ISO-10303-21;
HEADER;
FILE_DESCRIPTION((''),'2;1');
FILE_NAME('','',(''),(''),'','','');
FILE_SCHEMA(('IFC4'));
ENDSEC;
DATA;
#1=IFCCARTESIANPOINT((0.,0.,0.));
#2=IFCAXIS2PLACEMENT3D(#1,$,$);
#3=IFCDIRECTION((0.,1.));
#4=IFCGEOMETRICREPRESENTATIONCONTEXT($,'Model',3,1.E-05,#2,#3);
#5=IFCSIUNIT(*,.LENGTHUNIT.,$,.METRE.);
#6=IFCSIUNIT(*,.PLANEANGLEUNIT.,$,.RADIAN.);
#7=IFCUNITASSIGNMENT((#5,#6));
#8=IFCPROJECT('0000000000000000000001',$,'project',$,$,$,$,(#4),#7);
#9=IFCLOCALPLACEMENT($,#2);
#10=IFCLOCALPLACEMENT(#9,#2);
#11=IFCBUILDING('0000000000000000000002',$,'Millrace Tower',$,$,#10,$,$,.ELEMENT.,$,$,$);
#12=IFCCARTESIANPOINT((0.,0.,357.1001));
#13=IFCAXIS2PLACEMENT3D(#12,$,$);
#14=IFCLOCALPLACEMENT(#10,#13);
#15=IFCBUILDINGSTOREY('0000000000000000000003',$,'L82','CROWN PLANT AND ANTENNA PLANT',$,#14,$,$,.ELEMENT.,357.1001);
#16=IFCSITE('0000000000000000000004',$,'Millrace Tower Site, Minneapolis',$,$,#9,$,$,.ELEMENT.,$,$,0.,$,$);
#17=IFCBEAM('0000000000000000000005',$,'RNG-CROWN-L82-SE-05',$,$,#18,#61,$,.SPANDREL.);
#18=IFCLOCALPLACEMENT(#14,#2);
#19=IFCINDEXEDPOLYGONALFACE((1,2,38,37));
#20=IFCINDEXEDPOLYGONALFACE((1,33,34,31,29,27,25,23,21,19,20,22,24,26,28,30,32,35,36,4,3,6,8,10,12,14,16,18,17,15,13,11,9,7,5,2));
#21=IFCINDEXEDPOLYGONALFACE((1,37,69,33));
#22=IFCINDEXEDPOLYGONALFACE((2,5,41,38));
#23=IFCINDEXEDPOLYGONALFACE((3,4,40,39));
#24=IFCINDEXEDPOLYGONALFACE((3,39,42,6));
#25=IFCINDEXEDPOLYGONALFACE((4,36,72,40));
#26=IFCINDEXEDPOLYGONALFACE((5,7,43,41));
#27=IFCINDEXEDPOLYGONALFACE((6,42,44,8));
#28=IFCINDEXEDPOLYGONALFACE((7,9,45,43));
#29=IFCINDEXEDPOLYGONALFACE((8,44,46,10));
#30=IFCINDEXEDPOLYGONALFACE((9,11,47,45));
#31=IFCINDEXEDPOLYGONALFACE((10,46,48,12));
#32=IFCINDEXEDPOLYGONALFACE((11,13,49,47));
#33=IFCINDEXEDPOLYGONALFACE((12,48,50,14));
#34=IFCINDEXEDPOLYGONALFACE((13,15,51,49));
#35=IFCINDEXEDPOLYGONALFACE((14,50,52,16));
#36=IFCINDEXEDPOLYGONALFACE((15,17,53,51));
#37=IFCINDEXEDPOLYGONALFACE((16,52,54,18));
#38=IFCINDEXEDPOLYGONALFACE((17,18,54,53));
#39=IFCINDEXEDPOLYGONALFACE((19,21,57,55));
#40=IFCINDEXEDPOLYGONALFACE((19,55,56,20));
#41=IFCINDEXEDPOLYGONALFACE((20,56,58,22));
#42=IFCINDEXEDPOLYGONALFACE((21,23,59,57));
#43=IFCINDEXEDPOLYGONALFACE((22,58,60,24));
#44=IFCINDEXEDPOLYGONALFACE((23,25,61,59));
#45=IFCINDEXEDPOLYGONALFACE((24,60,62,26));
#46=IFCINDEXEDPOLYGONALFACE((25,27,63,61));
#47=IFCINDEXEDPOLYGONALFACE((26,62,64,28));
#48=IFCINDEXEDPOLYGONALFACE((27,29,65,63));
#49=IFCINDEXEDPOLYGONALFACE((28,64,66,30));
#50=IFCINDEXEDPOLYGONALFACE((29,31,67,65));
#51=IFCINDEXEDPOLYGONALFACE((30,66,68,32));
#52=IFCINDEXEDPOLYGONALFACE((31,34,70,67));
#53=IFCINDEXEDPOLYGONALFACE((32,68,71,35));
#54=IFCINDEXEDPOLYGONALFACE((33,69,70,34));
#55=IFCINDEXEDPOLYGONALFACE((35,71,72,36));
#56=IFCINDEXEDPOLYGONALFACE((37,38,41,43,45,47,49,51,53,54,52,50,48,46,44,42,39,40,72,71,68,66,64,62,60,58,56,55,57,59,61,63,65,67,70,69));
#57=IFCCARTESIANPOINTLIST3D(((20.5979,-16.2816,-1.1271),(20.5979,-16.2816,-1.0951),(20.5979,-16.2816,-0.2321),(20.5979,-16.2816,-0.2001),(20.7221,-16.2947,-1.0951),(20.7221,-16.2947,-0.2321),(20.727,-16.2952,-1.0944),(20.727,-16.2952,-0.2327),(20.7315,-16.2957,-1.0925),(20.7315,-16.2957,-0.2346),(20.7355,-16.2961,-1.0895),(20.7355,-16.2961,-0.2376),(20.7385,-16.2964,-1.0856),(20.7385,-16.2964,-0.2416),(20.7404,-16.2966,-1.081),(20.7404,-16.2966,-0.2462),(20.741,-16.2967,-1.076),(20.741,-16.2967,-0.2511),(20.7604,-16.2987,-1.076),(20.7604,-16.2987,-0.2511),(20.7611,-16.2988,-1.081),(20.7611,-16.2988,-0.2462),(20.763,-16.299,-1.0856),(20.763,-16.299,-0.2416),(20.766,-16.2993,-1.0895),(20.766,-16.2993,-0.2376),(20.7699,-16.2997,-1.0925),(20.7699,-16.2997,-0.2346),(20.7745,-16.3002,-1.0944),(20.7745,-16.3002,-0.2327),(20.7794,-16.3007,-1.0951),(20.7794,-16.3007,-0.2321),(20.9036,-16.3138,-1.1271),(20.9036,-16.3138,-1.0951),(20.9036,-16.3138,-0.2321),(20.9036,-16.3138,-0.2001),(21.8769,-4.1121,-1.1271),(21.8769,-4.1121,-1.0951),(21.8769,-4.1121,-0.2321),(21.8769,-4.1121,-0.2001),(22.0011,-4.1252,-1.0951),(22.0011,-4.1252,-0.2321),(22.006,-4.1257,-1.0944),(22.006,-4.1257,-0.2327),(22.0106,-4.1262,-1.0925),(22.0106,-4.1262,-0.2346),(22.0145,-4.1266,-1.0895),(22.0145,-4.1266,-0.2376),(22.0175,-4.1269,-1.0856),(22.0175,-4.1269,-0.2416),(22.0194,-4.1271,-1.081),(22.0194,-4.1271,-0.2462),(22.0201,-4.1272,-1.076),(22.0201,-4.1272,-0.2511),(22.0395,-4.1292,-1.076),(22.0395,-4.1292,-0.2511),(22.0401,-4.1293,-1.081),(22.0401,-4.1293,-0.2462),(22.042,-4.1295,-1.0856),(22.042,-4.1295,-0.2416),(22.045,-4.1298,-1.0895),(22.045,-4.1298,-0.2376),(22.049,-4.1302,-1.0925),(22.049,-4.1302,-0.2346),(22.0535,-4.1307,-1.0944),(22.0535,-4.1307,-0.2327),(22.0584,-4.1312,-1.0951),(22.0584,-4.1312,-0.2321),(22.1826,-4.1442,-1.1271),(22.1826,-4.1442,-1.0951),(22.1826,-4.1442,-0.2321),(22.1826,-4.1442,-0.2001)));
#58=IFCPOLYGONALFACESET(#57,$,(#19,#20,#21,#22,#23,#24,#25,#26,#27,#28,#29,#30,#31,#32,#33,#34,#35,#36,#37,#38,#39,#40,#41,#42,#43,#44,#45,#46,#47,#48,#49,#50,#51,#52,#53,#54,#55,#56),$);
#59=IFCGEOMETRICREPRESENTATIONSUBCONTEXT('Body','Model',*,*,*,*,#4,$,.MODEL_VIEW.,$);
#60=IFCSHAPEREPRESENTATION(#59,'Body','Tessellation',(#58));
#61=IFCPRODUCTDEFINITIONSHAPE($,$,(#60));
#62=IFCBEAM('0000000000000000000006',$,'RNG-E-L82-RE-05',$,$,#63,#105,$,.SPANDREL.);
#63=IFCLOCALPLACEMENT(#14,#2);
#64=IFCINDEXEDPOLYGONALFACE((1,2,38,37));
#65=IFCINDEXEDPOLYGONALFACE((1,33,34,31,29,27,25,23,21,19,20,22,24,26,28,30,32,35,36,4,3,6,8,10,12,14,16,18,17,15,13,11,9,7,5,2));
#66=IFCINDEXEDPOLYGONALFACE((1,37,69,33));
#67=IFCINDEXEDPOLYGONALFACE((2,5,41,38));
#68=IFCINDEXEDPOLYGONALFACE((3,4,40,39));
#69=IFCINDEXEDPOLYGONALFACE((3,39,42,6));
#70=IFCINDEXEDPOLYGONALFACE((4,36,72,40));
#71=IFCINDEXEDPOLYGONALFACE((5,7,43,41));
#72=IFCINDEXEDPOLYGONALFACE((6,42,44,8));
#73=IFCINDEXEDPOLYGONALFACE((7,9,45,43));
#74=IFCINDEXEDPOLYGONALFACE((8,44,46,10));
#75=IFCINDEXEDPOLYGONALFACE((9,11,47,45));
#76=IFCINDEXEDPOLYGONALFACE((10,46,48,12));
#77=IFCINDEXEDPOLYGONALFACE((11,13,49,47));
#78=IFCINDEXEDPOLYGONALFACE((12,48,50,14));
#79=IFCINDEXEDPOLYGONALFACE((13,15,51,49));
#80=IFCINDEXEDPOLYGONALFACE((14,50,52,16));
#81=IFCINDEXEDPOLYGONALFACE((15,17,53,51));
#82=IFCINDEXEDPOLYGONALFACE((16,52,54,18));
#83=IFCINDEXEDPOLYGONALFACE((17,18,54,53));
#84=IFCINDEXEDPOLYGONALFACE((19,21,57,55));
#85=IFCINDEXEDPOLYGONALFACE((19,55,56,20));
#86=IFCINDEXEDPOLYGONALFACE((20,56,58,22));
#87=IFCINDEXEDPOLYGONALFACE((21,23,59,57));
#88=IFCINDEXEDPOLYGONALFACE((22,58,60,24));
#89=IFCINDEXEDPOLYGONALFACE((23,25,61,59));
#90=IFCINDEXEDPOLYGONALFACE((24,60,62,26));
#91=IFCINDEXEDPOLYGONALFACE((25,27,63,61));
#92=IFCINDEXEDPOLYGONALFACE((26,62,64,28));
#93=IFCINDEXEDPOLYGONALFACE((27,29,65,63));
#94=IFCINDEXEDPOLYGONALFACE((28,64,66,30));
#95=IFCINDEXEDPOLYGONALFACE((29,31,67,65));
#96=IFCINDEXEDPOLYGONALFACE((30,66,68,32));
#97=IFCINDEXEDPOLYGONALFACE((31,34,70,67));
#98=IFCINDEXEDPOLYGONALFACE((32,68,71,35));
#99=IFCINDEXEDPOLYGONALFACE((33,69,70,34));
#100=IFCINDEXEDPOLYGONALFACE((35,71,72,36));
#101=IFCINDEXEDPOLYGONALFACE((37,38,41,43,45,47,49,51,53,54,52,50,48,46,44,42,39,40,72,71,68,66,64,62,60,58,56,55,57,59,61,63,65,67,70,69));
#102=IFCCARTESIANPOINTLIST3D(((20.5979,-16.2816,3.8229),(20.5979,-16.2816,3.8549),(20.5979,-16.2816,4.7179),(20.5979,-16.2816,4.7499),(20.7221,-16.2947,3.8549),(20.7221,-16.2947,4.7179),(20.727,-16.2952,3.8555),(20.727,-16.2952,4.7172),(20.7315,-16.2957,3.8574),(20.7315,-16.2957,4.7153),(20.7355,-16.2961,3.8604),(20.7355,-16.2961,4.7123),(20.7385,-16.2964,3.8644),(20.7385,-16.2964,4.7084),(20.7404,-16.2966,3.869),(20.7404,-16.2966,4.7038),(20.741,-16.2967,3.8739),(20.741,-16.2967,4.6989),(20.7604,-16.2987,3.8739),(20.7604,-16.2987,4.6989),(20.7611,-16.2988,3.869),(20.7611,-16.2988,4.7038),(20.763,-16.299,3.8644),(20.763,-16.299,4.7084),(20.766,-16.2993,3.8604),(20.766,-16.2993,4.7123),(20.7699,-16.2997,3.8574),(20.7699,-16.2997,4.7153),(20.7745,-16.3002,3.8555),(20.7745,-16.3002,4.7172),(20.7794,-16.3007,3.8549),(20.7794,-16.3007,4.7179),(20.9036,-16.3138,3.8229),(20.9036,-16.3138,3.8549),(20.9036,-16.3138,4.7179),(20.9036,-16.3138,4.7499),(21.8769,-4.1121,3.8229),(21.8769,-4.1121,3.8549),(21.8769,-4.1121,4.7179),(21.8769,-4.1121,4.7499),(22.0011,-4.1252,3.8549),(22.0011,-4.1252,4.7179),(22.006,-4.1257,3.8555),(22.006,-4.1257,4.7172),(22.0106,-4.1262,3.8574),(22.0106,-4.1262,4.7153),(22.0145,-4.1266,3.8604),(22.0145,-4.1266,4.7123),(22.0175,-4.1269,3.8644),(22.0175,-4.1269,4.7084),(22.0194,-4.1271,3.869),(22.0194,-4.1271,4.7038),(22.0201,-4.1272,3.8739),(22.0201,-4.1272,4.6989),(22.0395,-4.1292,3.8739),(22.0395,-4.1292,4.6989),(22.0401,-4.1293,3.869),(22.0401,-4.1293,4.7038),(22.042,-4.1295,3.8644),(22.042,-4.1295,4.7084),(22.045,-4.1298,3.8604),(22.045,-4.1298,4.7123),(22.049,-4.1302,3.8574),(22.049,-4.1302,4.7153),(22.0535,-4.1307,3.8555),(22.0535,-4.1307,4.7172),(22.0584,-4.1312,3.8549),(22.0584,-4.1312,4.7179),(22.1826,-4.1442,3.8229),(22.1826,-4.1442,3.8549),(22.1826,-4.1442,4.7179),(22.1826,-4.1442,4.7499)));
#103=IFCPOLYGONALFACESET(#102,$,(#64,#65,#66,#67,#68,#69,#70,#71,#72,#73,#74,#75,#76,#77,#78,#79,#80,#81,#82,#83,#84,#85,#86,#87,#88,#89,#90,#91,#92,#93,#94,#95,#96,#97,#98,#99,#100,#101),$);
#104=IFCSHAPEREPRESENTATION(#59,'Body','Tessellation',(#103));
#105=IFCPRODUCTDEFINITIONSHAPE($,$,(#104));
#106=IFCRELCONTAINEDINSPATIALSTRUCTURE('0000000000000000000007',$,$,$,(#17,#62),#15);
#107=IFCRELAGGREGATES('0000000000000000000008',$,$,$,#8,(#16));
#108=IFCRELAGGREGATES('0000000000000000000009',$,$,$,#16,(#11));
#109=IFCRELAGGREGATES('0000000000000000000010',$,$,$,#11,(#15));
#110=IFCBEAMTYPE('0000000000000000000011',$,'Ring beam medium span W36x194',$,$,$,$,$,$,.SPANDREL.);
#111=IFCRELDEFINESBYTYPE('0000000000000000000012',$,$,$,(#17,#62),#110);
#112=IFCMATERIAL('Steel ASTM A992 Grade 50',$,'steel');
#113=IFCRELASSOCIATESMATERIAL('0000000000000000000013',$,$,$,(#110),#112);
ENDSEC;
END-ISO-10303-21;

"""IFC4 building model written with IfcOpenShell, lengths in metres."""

from ifc_helpers import new_model, si_unit, direction, frame, origin, origin_2d, place, context, subcontext, project, spatial, i_section, extrude, material, material_profile, profile_set, type_object, element, save


model = new_model("IFC4")

# Units and contexts
model_context = context("Model", 3, precision=1e-05, world=origin(), true_north=direction((0.0, 1.0)))
body_context = subcontext(model_context, "Body", "Model", "MODEL_VIEW")
ifc_project = project(units=[si_unit("LENGTHUNIT", "METRE"), si_unit("PLANEANGLEUNIT", "RADIAN")], contexts=[model_context])

# Site, building, storey
site_placement = place(None, origin())
site = spatial("IfcSite", under=ifc_project, at=site_placement, Name="Millrace Tower Site, Minneapolis", CompositionType="ELEMENT", RefElevation=0.0)
building_placement = place(site_placement, origin())
building = spatial("IfcBuilding", under=site, at=building_placement, Name="Millrace Tower", CompositionType="ELEMENT")
storey_placement = place(building_placement, frame((0.0, 0.0, 357.1001)))
storey = spatial("IfcBuildingStorey", under=building, at=storey_placement, Name="L82", Description="CROWN PLANT AND ANTENNA PLANT", CompositionType="ELEMENT", Elevation=357.1001)

# Beams
ifc_material_1 = material(Name="Steel ASTM A992 Grade 50", Category="steel")
ifc_material_profile_1 = material_profile(ifc_material_1, i_section(OverallWidth=0.3074, OverallDepth=0.927, WebThickness=0.0195, FlangeThickness=0.032, FilletRadius=0.019, at=origin_2d()))
ifc_profile_set_1 = profile_set([ifc_material_profile_1], Name="Steel ASTM A992 Grade 50")
beam_type_1 = type_object("IfcBeamType", Name="Ring beam medium span W36x194", PredefinedType="SPANDREL", material=ifc_profile_set_1)
for number, where, z_axis, x_axis, name in (
    (1, (22.0298, -4.1282, -0.6636), (-0.104528, -0.994522, 0.0), (0.994522, -0.104528, 0.0), "RNG-CROWN-L82-SE-05"),
    (2, (22.0298, -4.1282, 4.2864), (-0.104528, -0.994522, 0.0), (0.994522, -0.104528, 0.0), "RNG-E-L82-RE-05"),
):
    element("IfcBeam", number, at=place(storey_placement, frame(where, z_axis=z_axis, x_axis=x_axis)), inside=storey, type_object=beam_type_1, Name=name, PredefinedType="SPANDREL", context=body_context, shape_type="SweptSolid", body=[
        extrude(i_section(OverallWidth=0.3074, OverallDepth=0.927, WebThickness=0.0195, FlangeThickness=0.032, FilletRadius=0.019, at=origin_2d()), origin(), (0.0, 0.0, 1.0), 12.2366),
    ])

save(model, "model.ifc")
